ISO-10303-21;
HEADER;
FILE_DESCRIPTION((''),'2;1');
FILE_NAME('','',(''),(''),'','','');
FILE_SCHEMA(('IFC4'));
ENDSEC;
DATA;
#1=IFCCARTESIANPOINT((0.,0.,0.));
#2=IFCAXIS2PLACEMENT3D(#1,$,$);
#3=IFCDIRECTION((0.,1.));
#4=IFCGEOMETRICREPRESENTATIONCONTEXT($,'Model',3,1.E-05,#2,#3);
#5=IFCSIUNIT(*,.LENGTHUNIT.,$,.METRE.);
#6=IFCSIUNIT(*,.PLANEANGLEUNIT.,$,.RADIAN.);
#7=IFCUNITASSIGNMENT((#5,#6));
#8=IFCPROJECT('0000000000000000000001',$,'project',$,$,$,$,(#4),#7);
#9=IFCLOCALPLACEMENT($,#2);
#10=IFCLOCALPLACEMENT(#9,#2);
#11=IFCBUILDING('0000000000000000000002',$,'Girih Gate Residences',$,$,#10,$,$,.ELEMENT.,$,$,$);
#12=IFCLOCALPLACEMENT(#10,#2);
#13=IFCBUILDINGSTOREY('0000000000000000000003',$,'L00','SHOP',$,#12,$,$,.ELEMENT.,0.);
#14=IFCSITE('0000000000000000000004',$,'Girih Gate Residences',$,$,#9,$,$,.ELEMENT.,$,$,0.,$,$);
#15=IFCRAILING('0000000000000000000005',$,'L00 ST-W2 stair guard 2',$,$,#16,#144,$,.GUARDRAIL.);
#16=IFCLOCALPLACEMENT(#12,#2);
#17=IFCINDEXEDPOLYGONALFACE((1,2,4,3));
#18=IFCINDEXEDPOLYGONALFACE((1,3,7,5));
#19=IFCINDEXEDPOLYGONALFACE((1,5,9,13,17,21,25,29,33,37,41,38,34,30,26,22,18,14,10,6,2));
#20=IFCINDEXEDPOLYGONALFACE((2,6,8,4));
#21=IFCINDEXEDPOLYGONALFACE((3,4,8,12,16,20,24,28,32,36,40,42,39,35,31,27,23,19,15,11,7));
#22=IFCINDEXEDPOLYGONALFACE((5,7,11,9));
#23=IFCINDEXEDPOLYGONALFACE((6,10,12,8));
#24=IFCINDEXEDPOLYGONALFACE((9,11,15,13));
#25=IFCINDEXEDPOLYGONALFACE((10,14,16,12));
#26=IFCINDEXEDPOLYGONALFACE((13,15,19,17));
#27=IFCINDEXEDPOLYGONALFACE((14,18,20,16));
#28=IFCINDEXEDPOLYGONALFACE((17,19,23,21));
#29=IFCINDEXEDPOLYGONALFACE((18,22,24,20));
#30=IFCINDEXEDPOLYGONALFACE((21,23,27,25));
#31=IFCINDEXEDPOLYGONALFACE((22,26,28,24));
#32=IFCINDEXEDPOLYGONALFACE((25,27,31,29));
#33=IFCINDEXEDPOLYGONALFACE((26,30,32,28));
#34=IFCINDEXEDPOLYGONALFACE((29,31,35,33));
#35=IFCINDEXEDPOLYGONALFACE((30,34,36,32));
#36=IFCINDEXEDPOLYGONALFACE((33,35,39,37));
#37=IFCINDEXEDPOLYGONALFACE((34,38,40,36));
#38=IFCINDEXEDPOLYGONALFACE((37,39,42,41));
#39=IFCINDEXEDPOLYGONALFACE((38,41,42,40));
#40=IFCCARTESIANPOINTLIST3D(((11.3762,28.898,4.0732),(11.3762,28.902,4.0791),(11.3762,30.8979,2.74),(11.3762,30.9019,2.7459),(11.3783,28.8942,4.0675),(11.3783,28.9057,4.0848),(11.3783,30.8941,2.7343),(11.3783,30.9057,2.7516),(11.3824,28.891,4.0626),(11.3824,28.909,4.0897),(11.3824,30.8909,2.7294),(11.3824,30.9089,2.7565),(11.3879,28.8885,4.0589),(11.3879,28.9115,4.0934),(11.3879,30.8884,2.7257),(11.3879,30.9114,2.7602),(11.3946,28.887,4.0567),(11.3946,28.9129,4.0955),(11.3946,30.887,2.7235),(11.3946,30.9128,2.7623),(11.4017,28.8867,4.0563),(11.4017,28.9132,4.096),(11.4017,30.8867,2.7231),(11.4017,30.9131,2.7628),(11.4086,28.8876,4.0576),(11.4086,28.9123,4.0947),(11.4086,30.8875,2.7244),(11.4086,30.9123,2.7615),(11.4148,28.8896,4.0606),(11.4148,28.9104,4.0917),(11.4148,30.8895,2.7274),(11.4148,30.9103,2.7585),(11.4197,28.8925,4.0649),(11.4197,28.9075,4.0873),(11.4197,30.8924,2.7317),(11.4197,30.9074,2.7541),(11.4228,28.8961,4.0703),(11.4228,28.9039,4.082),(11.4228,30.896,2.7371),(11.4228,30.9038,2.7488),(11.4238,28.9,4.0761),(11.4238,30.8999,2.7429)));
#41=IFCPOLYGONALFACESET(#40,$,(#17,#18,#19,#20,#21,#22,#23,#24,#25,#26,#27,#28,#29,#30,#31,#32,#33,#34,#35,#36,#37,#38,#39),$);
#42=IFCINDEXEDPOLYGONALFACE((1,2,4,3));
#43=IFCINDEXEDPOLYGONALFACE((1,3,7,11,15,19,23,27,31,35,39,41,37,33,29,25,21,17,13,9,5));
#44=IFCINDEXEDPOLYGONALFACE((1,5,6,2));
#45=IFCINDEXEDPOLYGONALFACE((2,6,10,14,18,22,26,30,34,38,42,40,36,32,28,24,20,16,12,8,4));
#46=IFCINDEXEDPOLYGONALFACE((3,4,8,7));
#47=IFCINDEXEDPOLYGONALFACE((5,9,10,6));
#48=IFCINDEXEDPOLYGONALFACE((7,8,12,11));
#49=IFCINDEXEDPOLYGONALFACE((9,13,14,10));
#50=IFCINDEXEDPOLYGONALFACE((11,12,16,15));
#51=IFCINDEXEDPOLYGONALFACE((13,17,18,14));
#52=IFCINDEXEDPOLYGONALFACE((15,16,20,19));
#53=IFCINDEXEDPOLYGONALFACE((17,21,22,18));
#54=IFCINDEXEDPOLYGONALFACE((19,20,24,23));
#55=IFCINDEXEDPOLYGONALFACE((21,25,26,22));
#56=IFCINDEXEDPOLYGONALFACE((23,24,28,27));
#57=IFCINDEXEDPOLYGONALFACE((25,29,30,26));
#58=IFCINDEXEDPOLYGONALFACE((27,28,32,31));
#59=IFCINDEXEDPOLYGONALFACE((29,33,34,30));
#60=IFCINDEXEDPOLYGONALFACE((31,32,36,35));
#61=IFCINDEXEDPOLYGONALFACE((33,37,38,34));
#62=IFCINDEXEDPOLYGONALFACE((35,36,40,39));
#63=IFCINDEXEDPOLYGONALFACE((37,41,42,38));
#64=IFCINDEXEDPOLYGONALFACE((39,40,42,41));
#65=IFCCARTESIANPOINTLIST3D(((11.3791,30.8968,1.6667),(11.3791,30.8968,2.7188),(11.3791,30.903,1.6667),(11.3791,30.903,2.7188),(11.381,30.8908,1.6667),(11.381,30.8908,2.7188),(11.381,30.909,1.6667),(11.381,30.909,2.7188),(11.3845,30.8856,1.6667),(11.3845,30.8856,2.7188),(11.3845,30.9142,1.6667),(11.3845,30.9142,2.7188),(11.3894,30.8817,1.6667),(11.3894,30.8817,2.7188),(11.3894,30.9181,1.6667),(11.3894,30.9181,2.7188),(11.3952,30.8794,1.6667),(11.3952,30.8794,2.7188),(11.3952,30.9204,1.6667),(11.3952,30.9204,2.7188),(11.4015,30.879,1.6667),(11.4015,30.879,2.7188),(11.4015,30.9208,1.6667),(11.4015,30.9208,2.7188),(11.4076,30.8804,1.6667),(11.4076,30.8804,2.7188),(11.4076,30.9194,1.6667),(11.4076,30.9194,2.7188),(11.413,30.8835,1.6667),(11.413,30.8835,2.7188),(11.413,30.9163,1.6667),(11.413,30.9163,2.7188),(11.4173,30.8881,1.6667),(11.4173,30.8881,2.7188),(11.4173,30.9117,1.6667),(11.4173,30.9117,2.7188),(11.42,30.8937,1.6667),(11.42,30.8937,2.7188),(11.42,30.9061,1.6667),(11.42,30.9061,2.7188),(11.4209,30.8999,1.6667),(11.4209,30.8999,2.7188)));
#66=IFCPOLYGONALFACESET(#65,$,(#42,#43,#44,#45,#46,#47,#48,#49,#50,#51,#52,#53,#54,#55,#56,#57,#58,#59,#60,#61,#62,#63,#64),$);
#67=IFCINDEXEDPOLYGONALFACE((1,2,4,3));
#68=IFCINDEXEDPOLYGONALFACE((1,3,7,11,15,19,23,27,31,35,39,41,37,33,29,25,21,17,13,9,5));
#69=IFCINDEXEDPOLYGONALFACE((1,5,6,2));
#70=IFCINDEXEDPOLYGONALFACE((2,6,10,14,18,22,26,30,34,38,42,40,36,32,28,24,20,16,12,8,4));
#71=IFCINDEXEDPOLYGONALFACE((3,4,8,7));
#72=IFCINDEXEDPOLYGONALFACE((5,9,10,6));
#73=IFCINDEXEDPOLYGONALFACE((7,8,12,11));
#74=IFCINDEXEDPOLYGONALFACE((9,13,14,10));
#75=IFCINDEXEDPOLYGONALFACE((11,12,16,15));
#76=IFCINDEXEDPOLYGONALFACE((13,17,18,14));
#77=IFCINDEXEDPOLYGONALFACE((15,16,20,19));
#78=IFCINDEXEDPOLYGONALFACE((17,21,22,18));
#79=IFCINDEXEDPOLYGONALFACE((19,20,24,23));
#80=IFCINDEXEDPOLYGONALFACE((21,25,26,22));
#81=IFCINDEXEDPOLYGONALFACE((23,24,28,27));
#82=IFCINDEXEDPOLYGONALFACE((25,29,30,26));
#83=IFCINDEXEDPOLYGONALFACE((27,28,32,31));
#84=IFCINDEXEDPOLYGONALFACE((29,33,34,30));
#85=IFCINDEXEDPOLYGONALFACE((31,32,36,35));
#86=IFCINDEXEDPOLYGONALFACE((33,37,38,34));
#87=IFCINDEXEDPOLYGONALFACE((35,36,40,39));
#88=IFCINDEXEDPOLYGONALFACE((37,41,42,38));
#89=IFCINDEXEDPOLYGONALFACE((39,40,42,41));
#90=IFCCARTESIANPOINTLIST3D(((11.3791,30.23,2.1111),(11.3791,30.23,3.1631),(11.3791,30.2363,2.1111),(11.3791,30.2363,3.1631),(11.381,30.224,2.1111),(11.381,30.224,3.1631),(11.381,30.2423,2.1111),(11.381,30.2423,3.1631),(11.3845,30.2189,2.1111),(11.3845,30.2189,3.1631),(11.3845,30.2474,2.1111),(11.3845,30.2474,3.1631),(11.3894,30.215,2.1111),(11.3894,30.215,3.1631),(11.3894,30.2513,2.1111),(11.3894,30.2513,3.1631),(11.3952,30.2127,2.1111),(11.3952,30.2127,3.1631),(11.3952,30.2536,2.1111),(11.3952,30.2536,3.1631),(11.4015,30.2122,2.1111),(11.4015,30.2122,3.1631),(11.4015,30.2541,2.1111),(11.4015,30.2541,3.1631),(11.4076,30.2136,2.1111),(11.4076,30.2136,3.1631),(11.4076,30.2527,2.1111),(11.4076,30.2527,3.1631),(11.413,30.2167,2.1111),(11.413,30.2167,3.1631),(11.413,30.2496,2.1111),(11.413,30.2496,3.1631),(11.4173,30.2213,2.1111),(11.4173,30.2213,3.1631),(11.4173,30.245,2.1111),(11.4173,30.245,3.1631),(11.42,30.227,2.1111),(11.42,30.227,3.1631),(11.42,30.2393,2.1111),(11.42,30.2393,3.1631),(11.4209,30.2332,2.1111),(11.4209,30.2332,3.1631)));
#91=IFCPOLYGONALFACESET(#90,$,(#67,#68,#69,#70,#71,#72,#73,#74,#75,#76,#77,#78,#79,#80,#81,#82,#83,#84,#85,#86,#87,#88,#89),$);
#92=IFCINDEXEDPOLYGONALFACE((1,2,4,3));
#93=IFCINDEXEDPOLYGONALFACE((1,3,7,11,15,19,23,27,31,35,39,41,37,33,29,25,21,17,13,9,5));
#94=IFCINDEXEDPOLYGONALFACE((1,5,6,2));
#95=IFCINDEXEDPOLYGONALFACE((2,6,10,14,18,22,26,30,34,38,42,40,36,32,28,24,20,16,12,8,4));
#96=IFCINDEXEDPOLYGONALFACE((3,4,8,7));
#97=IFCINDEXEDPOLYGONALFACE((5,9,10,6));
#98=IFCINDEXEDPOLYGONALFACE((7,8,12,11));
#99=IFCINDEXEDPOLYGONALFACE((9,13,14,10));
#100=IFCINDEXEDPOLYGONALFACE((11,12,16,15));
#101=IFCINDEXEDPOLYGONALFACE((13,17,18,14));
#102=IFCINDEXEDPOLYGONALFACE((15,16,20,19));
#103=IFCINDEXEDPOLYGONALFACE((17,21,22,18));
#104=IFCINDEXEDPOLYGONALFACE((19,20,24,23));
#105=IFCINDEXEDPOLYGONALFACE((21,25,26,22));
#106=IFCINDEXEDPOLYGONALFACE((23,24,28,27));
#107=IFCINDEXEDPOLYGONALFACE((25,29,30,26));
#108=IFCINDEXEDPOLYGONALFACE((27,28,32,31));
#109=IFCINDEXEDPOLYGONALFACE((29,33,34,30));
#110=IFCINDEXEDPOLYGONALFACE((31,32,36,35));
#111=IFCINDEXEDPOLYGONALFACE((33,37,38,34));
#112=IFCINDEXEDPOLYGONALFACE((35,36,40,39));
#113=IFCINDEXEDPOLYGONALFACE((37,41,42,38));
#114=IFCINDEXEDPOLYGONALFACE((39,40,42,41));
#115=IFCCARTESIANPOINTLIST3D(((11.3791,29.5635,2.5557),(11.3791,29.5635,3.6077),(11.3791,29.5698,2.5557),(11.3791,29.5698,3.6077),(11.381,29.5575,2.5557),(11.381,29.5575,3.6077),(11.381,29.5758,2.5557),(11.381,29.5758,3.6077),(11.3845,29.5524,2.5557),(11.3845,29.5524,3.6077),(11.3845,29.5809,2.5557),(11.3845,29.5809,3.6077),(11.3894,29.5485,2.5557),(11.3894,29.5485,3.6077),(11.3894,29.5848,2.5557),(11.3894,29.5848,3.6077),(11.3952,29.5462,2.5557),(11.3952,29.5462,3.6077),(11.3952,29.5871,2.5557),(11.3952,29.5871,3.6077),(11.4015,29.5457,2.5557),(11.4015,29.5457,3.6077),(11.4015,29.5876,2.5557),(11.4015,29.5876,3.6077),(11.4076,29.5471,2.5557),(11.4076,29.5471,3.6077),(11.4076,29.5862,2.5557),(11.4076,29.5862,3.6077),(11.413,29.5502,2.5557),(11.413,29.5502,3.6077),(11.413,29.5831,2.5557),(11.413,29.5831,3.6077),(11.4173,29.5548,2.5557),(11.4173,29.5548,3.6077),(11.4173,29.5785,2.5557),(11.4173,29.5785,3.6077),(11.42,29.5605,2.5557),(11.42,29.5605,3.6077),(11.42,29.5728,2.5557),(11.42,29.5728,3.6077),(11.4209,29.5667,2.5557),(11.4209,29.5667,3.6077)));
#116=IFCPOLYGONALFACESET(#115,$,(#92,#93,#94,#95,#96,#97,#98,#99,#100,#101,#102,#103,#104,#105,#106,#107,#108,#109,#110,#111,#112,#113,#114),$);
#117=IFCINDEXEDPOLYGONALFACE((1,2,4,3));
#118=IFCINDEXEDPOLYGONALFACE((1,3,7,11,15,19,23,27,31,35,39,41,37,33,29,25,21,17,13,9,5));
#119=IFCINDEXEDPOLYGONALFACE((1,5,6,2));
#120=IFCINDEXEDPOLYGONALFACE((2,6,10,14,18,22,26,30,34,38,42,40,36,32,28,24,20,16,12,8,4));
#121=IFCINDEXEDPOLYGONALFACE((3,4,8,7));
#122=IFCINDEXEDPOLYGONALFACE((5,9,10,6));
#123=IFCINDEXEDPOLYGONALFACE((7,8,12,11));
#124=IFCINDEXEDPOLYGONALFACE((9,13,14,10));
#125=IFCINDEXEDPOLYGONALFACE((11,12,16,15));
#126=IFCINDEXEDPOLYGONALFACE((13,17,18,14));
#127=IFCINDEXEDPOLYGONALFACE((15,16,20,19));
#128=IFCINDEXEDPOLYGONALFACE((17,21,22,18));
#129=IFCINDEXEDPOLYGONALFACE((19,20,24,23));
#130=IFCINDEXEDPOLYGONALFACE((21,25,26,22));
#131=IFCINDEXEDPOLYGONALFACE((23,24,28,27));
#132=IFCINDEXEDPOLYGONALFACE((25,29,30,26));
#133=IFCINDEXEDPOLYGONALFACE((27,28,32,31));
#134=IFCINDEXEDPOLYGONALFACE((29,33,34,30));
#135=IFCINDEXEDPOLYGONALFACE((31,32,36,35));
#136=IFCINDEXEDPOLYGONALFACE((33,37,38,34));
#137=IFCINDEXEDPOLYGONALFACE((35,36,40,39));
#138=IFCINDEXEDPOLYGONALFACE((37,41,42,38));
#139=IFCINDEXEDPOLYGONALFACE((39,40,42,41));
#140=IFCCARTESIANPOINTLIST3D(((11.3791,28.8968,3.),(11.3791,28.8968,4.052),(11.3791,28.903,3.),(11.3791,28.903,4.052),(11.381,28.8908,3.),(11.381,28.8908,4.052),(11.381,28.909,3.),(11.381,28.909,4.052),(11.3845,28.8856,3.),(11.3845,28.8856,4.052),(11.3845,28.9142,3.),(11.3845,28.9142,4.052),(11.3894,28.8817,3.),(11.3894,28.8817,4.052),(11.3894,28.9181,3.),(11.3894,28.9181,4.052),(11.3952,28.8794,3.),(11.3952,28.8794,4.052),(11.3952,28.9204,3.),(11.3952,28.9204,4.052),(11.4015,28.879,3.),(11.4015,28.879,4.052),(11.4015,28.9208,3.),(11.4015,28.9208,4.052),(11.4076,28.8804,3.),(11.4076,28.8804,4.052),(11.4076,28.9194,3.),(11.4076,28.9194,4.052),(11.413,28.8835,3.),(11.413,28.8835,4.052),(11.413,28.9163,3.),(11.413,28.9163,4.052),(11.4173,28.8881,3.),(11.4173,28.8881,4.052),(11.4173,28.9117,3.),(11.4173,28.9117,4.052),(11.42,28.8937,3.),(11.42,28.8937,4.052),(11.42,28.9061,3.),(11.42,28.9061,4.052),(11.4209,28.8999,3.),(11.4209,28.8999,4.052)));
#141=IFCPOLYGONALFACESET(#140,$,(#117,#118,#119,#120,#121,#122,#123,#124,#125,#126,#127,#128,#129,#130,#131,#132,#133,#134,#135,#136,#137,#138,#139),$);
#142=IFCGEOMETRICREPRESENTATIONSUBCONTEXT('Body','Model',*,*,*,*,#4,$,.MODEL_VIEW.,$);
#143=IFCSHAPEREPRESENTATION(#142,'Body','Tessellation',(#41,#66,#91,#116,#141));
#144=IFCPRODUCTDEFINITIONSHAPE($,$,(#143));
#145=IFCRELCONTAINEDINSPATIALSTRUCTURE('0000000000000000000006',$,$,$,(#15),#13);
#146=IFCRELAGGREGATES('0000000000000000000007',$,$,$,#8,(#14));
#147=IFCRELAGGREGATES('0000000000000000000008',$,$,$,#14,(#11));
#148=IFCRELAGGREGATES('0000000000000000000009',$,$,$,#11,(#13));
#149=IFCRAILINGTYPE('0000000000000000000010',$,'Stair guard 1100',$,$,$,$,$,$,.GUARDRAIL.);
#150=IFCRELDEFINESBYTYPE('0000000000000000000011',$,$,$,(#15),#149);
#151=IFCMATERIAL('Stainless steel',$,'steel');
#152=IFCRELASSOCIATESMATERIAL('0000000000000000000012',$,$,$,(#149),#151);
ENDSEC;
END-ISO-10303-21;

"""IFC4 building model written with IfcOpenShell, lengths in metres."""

from ifc_helpers import new_model, si_unit, direction, frame, origin, origin_2d, place, context, subcontext, project, spatial, circle, extrude, material, type_object, element, save


model = new_model("IFC4")

# Units and contexts
model_context = context("Model", 3, precision=1e-05, world=origin(), true_north=direction((0.0, 1.0)))
body_context = subcontext(model_context, "Body", "Model", "MODEL_VIEW")
ifc_project = project(units=[si_unit("LENGTHUNIT", "METRE"), si_unit("PLANEANGLEUNIT", "RADIAN")], contexts=[model_context])

# Site, building, storey
site_placement = place(None, origin())
site = spatial("IfcSite", under=ifc_project, at=site_placement, Name="Girih Gate Residences", CompositionType="ELEMENT", RefElevation=0.0)
building_placement = place(site_placement, origin())
building = spatial("IfcBuilding", under=site, at=building_placement, Name="Girih Gate Residences", CompositionType="ELEMENT")
storey_placement = place(building_placement, origin())
storey = spatial("IfcBuildingStorey", under=building, at=storey_placement, Name="L00", Description="SHOP", CompositionType="ELEMENT", Elevation=0.0)

# Railing
ifc_material_1 = material(Name="Stainless steel", Category="steel")
railing_type_1 = type_object("IfcRailingType", Name="Stair guard 1100", PredefinedType="GUARDRAIL", material=ifc_material_1)
railing_1_placement = place(storey_placement, frame((11.3999, 30.8999, 1.6667)))
element("IfcRailing", 1, at=railing_1_placement, inside=storey, type_object=railing_type_1, Name="L00 ST-W2 stair guard 2", PredefinedType="GUARDRAIL", context=body_context, shape_type="SweptSolid", body=[
    extrude(circle(Radius=0.0239, at=origin_2d()), frame((0.0, 0.0, 1.0762), z_axis=(0.0, -0.832066, 0.554677), x_axis=(1.0, 0.0, 0.0)), (0.0, 0.0, 1.0), 2.4036),
    extrude(circle(Radius=0.021, at=origin_2d()), origin(), (0.0, 0.0, 1.0), 1.052),
    extrude(circle(Radius=0.021, at=origin_2d()), frame((0.0, -0.6667, 0.4443)), (0.0, 0.0, 1.0), 1.052),
    extrude(circle(Radius=0.021, at=origin_2d()), frame((0.0, -1.3333, 0.8889)), (0.0, 0.0, 1.0), 1.052),
    extrude(circle(Radius=0.021, at=origin_2d()), frame((0.0, -2.0, 1.3333)), (0.0, 0.0, 1.0), 1.052),
])

save(model, "model.ifc")
